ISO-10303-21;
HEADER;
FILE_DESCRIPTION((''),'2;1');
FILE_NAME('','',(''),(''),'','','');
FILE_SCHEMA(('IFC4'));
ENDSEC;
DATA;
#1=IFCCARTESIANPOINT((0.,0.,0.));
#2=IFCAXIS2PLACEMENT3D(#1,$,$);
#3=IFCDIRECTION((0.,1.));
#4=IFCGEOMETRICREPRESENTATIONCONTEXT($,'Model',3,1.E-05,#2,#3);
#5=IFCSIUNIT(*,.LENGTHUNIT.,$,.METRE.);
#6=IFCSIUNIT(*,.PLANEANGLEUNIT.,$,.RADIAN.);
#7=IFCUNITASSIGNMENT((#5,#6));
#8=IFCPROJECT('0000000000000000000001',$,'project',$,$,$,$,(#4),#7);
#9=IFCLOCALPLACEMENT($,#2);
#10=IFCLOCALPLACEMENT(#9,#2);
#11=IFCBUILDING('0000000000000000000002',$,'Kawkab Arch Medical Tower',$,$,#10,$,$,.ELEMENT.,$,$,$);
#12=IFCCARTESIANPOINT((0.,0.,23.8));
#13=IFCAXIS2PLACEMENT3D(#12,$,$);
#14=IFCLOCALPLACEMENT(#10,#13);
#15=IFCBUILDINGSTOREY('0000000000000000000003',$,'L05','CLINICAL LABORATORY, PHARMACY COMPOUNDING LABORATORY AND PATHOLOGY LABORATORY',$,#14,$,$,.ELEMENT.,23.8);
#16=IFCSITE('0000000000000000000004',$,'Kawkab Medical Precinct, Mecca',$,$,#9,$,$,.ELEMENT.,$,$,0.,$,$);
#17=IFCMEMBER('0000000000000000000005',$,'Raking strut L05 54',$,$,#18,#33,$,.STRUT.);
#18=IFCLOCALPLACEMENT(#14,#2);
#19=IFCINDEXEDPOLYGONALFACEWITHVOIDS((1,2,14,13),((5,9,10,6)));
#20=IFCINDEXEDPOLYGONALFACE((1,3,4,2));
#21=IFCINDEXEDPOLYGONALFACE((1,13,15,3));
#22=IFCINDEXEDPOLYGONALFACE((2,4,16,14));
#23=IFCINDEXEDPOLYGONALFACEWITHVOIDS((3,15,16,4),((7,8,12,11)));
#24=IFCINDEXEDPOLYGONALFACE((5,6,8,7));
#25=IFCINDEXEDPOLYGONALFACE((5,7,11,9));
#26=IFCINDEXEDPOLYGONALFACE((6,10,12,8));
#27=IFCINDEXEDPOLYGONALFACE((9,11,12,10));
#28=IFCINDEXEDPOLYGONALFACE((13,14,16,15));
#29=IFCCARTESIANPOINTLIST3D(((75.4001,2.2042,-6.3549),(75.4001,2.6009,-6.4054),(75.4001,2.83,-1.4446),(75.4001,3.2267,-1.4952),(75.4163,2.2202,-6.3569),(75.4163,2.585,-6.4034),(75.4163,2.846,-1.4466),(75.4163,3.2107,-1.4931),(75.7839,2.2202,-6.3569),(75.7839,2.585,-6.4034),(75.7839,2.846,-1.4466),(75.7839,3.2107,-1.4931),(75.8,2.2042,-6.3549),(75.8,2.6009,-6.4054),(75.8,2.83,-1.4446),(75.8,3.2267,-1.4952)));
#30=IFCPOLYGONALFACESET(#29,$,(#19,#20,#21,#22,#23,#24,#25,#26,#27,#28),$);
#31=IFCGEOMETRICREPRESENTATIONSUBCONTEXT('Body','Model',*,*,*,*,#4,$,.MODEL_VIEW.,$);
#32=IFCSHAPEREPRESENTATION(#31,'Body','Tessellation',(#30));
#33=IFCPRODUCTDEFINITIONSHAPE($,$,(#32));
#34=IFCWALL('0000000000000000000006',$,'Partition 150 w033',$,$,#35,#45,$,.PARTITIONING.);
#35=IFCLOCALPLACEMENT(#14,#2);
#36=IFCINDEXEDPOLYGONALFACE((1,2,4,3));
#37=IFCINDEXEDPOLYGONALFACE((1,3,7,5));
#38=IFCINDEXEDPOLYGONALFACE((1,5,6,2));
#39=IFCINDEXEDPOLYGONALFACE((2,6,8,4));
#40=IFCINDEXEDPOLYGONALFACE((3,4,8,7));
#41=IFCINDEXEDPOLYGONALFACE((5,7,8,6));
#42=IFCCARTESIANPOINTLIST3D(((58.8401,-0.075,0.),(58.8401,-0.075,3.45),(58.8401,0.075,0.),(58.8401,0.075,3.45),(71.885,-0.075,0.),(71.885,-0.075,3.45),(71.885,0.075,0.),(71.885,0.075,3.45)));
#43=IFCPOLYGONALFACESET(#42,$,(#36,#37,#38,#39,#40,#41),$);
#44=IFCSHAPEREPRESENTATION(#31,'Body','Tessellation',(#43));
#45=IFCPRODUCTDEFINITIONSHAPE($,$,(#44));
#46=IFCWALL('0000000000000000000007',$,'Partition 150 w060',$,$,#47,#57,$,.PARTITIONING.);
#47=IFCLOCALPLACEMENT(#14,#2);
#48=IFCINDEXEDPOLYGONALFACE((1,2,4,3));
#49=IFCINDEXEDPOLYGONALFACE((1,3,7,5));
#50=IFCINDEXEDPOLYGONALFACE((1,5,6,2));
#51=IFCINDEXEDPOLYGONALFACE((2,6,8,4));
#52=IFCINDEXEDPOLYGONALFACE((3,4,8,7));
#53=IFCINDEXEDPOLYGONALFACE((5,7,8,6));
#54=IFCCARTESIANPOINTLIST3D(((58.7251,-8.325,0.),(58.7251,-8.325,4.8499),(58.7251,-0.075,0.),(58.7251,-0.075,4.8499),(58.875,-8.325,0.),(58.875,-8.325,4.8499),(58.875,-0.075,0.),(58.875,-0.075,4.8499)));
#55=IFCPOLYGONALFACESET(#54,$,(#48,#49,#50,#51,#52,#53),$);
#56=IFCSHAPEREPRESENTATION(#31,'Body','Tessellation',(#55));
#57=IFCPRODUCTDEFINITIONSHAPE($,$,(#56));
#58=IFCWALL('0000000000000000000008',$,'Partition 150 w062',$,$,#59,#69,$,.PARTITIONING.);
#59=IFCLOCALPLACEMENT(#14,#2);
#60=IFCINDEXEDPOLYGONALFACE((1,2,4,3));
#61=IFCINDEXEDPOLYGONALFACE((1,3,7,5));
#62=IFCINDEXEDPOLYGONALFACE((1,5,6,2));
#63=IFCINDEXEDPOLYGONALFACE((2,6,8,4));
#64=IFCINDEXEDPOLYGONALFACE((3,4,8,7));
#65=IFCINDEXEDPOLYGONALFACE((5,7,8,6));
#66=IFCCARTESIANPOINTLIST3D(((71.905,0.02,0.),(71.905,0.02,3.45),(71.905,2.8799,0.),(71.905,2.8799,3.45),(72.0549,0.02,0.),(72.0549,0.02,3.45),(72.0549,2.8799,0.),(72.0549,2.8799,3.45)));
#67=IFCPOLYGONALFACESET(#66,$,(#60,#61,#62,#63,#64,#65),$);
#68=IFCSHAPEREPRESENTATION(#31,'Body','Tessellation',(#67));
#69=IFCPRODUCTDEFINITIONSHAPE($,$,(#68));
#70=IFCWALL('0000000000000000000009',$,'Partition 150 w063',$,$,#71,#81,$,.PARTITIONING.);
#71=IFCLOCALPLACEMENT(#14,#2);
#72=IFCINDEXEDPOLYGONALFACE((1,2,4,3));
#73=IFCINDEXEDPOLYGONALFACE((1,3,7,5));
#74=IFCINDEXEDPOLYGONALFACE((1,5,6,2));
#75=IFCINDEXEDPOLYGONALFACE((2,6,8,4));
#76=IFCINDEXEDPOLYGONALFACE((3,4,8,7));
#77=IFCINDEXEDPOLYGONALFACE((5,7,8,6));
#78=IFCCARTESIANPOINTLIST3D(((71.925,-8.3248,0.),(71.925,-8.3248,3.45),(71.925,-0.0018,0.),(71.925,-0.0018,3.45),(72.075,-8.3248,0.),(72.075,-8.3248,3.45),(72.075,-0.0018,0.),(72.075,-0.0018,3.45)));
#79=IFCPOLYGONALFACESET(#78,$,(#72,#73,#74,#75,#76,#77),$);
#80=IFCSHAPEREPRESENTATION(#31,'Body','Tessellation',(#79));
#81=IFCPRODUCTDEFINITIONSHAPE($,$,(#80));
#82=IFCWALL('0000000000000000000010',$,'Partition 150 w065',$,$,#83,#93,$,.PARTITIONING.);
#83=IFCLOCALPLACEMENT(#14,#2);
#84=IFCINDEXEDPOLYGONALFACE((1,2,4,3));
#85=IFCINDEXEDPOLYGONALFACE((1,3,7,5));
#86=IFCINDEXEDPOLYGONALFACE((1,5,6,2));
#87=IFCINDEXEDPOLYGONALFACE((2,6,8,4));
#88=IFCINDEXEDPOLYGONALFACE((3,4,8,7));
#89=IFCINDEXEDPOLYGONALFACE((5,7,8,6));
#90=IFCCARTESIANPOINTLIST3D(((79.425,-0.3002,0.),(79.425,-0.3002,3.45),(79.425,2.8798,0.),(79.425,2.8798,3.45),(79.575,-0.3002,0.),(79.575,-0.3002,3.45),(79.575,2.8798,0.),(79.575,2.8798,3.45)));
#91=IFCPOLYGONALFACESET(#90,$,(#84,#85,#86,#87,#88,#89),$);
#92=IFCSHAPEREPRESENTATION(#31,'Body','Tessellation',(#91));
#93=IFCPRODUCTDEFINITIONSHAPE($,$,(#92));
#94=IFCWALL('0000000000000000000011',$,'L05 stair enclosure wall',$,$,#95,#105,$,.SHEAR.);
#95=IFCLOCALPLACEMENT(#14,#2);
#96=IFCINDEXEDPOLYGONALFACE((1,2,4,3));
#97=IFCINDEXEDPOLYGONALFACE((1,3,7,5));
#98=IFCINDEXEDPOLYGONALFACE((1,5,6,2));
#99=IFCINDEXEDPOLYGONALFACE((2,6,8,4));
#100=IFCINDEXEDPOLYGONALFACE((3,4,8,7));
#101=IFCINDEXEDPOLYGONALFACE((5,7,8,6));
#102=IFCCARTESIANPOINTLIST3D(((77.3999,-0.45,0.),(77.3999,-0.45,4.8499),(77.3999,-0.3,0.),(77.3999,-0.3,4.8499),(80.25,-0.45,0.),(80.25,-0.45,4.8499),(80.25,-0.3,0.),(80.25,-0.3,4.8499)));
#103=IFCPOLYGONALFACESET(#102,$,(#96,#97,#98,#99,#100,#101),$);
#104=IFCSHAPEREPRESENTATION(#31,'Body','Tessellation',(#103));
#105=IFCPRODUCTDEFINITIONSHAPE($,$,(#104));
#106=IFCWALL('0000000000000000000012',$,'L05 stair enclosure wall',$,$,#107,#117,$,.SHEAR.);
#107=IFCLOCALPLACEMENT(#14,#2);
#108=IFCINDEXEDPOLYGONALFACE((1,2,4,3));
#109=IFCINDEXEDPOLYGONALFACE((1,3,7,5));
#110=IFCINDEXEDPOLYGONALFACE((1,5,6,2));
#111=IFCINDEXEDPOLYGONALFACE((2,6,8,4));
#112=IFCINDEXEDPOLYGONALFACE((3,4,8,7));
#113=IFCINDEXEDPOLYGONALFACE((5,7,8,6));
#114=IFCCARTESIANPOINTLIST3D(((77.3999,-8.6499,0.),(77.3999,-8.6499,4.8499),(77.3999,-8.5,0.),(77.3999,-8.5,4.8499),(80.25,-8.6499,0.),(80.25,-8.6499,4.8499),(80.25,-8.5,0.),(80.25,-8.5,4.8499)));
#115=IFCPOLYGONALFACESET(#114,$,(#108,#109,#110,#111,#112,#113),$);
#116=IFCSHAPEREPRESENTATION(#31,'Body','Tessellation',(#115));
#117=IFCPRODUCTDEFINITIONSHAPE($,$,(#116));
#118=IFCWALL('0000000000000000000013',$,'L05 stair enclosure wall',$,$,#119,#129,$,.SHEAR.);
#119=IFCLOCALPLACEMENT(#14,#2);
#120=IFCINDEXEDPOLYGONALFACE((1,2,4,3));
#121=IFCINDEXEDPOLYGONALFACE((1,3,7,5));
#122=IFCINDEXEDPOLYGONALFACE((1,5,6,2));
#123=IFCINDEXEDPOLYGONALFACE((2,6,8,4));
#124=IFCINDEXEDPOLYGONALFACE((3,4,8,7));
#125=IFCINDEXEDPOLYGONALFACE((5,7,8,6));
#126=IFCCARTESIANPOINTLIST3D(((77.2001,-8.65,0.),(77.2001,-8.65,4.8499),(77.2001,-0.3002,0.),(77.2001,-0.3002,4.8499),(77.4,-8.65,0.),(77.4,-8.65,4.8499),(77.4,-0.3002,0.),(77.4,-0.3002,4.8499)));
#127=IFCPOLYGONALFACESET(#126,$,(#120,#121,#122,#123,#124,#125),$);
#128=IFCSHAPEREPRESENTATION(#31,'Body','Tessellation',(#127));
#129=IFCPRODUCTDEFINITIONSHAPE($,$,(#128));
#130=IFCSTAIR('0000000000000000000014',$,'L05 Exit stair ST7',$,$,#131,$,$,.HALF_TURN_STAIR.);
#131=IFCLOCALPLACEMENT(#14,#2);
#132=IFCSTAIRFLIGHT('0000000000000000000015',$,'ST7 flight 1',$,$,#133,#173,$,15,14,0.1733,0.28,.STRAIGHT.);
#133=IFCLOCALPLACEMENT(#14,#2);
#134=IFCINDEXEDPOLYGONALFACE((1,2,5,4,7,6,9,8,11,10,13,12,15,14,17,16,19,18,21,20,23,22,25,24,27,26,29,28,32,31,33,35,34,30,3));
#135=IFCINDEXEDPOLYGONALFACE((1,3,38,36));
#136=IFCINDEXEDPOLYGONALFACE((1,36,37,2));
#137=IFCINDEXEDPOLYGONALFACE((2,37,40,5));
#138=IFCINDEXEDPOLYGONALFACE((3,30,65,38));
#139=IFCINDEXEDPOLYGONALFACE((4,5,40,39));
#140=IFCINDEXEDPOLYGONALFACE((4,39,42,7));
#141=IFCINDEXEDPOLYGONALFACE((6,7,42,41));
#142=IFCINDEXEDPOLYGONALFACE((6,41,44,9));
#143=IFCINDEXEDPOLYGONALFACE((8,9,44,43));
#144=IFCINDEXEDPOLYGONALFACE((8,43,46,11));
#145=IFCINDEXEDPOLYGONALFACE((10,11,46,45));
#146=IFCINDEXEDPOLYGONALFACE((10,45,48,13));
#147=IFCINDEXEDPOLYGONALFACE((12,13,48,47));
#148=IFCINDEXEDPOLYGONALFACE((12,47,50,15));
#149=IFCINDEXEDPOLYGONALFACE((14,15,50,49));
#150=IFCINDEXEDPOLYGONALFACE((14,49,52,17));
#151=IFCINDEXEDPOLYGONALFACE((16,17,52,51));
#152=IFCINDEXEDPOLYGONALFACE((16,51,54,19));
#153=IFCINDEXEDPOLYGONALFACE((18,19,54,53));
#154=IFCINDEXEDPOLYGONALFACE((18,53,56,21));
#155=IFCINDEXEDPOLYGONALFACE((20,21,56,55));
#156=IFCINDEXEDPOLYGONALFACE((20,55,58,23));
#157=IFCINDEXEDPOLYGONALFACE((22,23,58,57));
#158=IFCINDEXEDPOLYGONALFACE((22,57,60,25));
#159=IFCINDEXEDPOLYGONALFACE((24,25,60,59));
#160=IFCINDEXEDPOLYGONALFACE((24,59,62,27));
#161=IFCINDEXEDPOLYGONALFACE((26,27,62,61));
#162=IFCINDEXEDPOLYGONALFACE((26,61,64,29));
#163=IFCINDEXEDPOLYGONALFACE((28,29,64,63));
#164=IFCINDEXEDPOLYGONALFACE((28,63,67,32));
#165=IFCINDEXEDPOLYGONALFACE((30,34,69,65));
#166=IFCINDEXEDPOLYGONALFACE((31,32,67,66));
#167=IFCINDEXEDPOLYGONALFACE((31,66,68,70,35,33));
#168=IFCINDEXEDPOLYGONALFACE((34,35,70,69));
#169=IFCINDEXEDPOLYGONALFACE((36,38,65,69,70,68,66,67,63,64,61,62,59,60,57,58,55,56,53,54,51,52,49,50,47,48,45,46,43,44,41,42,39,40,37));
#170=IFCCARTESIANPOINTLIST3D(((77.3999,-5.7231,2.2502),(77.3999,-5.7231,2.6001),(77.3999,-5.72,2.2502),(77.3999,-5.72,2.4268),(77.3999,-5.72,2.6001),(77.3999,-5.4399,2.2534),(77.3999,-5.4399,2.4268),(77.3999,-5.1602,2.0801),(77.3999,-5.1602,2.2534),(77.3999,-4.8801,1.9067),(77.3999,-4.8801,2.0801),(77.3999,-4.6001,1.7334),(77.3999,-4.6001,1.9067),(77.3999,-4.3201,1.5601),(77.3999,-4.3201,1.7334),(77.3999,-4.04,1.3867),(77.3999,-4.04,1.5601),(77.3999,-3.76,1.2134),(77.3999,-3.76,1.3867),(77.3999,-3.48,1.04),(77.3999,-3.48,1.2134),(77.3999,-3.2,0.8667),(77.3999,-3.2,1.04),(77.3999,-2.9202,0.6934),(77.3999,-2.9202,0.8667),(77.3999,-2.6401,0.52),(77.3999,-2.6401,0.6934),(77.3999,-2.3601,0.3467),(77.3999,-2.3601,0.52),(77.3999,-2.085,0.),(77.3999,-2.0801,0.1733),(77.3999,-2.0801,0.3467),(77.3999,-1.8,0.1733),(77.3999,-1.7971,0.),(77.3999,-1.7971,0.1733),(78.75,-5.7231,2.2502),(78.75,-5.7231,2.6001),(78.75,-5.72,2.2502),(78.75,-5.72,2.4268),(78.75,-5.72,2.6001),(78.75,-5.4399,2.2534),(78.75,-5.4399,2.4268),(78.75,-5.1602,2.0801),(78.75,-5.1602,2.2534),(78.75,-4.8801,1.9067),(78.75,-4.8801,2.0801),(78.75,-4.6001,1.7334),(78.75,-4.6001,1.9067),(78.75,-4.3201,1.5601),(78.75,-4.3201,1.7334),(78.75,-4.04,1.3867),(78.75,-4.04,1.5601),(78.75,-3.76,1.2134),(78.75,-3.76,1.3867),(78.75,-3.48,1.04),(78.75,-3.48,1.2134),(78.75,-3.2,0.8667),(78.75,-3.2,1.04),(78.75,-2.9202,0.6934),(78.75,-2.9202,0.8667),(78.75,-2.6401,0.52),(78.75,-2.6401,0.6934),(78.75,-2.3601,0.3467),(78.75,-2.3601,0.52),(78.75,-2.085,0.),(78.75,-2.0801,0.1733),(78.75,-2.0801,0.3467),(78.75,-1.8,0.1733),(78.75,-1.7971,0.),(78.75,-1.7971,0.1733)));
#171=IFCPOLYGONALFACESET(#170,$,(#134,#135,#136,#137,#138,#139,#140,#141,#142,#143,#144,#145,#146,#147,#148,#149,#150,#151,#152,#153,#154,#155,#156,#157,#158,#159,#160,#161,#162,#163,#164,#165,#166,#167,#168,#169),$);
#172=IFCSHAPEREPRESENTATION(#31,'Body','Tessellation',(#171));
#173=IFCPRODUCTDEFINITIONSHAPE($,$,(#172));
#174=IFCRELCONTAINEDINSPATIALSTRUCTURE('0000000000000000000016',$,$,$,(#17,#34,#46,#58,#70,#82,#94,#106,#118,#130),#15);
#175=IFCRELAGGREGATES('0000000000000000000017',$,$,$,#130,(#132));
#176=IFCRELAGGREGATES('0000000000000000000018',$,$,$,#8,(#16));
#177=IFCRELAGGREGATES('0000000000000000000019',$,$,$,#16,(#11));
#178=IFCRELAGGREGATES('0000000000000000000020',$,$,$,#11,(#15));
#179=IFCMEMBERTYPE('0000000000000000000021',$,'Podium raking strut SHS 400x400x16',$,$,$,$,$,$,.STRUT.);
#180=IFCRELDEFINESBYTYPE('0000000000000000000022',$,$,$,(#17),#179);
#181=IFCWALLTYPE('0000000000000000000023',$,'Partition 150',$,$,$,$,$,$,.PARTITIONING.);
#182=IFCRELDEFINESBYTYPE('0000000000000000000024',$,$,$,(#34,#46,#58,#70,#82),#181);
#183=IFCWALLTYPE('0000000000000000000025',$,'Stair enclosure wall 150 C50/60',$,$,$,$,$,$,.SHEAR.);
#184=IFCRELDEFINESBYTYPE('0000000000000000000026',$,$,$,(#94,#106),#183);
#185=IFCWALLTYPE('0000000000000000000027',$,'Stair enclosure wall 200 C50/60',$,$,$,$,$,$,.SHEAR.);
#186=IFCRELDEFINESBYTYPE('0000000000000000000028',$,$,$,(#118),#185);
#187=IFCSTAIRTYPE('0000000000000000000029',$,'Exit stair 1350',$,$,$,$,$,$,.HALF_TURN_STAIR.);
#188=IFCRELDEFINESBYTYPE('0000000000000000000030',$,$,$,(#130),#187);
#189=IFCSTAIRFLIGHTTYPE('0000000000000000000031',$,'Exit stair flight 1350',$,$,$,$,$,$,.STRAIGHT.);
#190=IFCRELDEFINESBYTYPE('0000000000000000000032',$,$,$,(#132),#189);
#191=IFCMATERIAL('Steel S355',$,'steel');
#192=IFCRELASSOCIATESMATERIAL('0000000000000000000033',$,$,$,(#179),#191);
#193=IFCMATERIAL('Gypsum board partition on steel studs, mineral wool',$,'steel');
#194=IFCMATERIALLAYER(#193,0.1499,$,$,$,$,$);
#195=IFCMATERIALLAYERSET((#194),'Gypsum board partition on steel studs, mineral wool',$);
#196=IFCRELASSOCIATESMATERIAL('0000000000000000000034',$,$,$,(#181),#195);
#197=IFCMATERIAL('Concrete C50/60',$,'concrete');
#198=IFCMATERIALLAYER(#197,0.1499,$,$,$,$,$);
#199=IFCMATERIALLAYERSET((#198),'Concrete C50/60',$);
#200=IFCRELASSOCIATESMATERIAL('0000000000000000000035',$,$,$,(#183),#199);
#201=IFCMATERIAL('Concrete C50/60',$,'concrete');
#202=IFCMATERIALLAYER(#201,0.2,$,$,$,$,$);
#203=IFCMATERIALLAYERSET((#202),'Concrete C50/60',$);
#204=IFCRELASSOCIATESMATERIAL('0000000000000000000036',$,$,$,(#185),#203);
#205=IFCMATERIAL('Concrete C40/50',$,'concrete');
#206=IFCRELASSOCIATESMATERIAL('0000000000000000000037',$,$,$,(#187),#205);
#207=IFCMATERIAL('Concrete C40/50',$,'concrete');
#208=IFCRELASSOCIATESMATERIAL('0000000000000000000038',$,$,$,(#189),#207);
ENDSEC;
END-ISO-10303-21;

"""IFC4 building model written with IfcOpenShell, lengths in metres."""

from ifc_helpers import new_model, si_unit, direction, frame, frame_2d, origin, origin_2d, place, context, subcontext, project, spatial, polyline, rectangle, hollow_rectangle, outline, extrude, material, layer, layer_set, material_profile, profile_set, type_object, element, aggregate, save


model = new_model("IFC4")

# Units and contexts
model_context = context("Model", 3, precision=1e-05, world=origin(), true_north=direction((0.0, 1.0)))
body_context = subcontext(model_context, "Body", "Model", "MODEL_VIEW")
ifc_project = project(units=[si_unit("LENGTHUNIT", "METRE"), si_unit("PLANEANGLEUNIT", "RADIAN")], contexts=[model_context])

# Site, building, storey
site_placement = place(None, origin())
site = spatial("IfcSite", under=ifc_project, at=site_placement, Name="Kawkab Medical Precinct, Mecca", CompositionType="ELEMENT", RefElevation=0.0)
building_placement = place(site_placement, origin())
building = spatial("IfcBuilding", under=site, at=building_placement, Name="Kawkab Arch Medical Tower", CompositionType="ELEMENT")
storey_placement = place(building_placement, frame((0.0, 0.0, 23.8)))
storey = spatial("IfcBuildingStorey", under=building, at=storey_placement, Name="L05", Description="CLINICAL LABORATORY, PHARMACY COMPOUNDING LABORATORY AND PATHOLOGY LABORATORY", CompositionType="ELEMENT", Elevation=23.8)

# Member
ifc_material_1 = material(Name="Steel S355", Category="steel")
ifc_material_profile_1 = material_profile(ifc_material_1, hollow_rectangle(XDim=0.3999, YDim=0.3999, WallThickness=0.0161, at=origin_2d()), Name="SHS 400x400x16")
ifc_profile_set_1 = profile_set([ifc_material_profile_1], Name="Steel S355")
member_type = type_object("IfcMemberType", Name="Podium raking strut SHS 400x400x16", PredefinedType="STRUT", material=ifc_profile_set_1)
for number, where, z_axis, x_axis, name in (
    (1, (75.6001, 2.4026, -6.3801), (0.0, 0.126414, 0.991978), (-1.0, 0.0, 0.0), "Raking strut L05 54"),
):
    element("IfcMember", number, at=place(storey_placement, frame(where, z_axis=z_axis, x_axis=x_axis)), inside=storey, type_object=member_type, Name=name, PredefinedType="STRUT", context=body_context, shape_type="SweptSolid", body=[
        extrude(hollow_rectangle(XDim=0.3999, YDim=0.3999, WallThickness=0.0161, at=origin_2d()), origin(), (0.0, 0.0, 1.0), 4.95),
    ])

# Walls
ifc_material_2 = material(Name="Gypsum board partition on steel studs, mineral wool", Category="steel")
ifc_layer_1 = layer(ifc_material_2, 0.1499)
ifc_layer_set_1 = layer_set([ifc_layer_1], Name="Gypsum board partition on steel studs, mineral wool")
wall_type_1 = type_object("IfcWallType", Name="Partition 150", PredefinedType="PARTITIONING", material=ifc_layer_set_1)
wall_1_placement = place(storey_placement, frame((58.8401, 0.0, 0.0), z_axis=(0.0, 0.0, 1.0), x_axis=(1.0, 0.0, 0.0)))
element("IfcWall", 2, at=wall_1_placement, inside=storey, type_object=wall_type_1, Name="Partition 150 w033", PredefinedType="PARTITIONING", context=body_context, shape_type="SweptSolid", body=[
    extrude(rectangle(XDim=13.0449, YDim=0.1499, at=frame_2d((6.5225, 0.0))), origin(), (0.0, 0.0, 1.0), 3.45),
])
wall_2_placement = place(storey_placement, frame((58.8, -8.325, 0.0), z_axis=(0.0, 0.0, 1.0), x_axis=(0.0, 1.0, 0.0)))
element("IfcWall", 3, at=wall_2_placement, inside=storey, type_object=wall_type_1, Name="Partition 150 w060", PredefinedType="PARTITIONING", context=body_context, shape_type="SweptSolid", body=[
    extrude(rectangle(XDim=8.25, YDim=0.1499, at=frame_2d((4.125, 0.0))), origin(), (0.0, 0.0, 1.0), 4.8499),
])
wall_3_placement = place(storey_placement, frame((71.98, 0.02, 0.0), z_axis=(0.0, 0.0, 1.0), x_axis=(0.0, 1.0, 0.0)))
element("IfcWall", 4, at=wall_3_placement, inside=storey, type_object=wall_type_1, Name="Partition 150 w062", PredefinedType="PARTITIONING", context=body_context, shape_type="SweptSolid", body=[
    extrude(rectangle(XDim=2.8599, YDim=0.1499, at=frame_2d((1.4299, 0.0))), origin(), (0.0, 0.0, 1.0), 3.45),
])
wall_4_placement = place(storey_placement, frame((72.0, -8.325, 0.0), z_axis=(0.0, 0.0, 1.0), x_axis=(0.0, 1.0, 0.0)))
element("IfcWall", 5, at=wall_4_placement, inside=storey, type_object=wall_type_1, Name="Partition 150 w063", PredefinedType="PARTITIONING", context=body_context, shape_type="SweptSolid", body=[
    extrude(rectangle(XDim=8.323, YDim=0.1499, at=frame_2d((4.1616, 0.0))), origin(), (0.0, 0.0, 1.0), 3.45),
])
wall_5_placement = place(storey_placement, frame((79.5, -0.3, 0.0), z_axis=(0.0, 0.0, 1.0), x_axis=(0.0, 1.0, 0.0)))
element("IfcWall", 6, at=wall_5_placement, inside=storey, type_object=wall_type_1, Name="Partition 150 w065", PredefinedType="PARTITIONING", context=body_context, shape_type="SweptSolid", body=[
    extrude(rectangle(XDim=3.1799, YDim=0.1499, at=frame_2d((1.5898, 0.0))), origin(), (0.0, 0.0, 1.0), 3.45),
])
ifc_material_3 = material(Name="Concrete C50/60", Category="concrete")
ifc_layer_2 = layer(ifc_material_3, 0.1499)
ifc_layer_set_2 = layer_set([ifc_layer_2], Name="Concrete C50/60")
wall_type_2 = type_object("IfcWallType", Name="Stair enclosure wall 150 C50/60", PredefinedType="SHEAR", material=ifc_layer_set_2)
for number, where, z_axis, x_axis, name in (
    (7, (77.3999, -0.375, 0.0), (0.0, 0.0, 1.0), (1.0, 0.0, 0.0), "L05 stair enclosure wall"),
    (8, (77.3999, -8.575, 0.0), (0.0, 0.0, 1.0), (1.0, 0.0, 0.0), "L05 stair enclosure wall"),
):
    element("IfcWall", number, at=place(storey_placement, frame(where, z_axis=z_axis, x_axis=x_axis)), inside=storey, type_object=wall_type_2, Name=name, PredefinedType="SHEAR", context=body_context, shape_type="SweptSolid", body=[
        extrude(rectangle(XDim=2.8501, YDim=0.1499, at=frame_2d((1.425, 0.0))), origin(), (0.0, 0.0, 1.0), 4.8499),
    ])
ifc_material_4 = material(Name="Concrete C50/60", Category="concrete")
ifc_layer_3 = layer(ifc_material_4, 0.2)
ifc_layer_set_3 = layer_set([ifc_layer_3], Name="Concrete C50/60")
wall_type_3 = type_object("IfcWallType", Name="Stair enclosure wall 200 C50/60", PredefinedType="SHEAR", material=ifc_layer_set_3)
wall_6_placement = place(storey_placement, frame((77.3, -8.6499, 0.0), z_axis=(0.0, 0.0, 1.0), x_axis=(0.0, 1.0, 0.0)))
element("IfcWall", 9, at=wall_6_placement, inside=storey, type_object=wall_type_3, Name="L05 stair enclosure wall", PredefinedType="SHEAR", context=body_context, shape_type="SweptSolid", body=[
    extrude(rectangle(XDim=8.3499, YDim=0.2, at=frame_2d((4.1748, 0.0))), origin(), (0.0, 0.0, 1.0), 4.8499),
])

# Stair, stair flight
ifc_material_5 = material(Name="Concrete C40/50", Category="concrete")
stair_type = type_object("IfcStairType", Name="Exit stair 1350", PredefinedType="HALF_TURN_STAIR", material=ifc_material_5)
stair_placement = place(storey_placement, origin())
stair = element("IfcStair", 10, at=stair_placement, inside=storey, type_object=stair_type, Name="L05 Exit stair ST7", PredefinedType="HALF_TURN_STAIR")
ifc_material_6 = material(Name="Concrete C40/50", Category="concrete")
stair_flight_type = type_object("IfcStairFlightType", Name="Exit stair flight 1350", PredefinedType="STRAIGHT", material=ifc_material_6)
stair_flight_1_placement = place(storey_placement, frame((78.075, -1.8, 0.0), z_axis=(0.0, 0.0, 1.0), x_axis=(0.0, -1.0, 0.0)))
stair_flight_1 = element("IfcStairFlight", 11, at=stair_flight_1_placement, type_object=stair_flight_type, Name="ST7 flight 1", NumberOfRisers=15, NumberOfTreads=14, PredefinedType="STRAIGHT", RiserHeight=0.1733, TreadLength=0.28, context=body_context, shape_type="SweptSolid", body=[
    extrude(outline(polyline([(-0.0029, 0.0), (-0.0029, 0.1733), (0.0, 0.1733), (0.28, 0.1733), (0.28, 0.3467), (0.5601, 0.3467), (0.5601, 0.52), (0.8401, 0.52), (0.8401, 0.6934), (1.1201, 0.6934), (1.1201, 0.8667), (1.3999, 0.8667), (1.3999, 1.04), (1.6799, 1.04), (1.6799, 1.2134), (1.96, 1.2134), (1.96, 1.3867), (2.24, 1.3867), (2.24, 1.5601), (2.52, 1.5601), (2.52, 1.7334), (2.8, 1.7334), (2.8, 1.9067), (3.0801, 1.9067), (3.0801, 2.0801), (3.3601, 2.0801), (3.3601, 2.2534), (3.6399, 2.2534), (3.6399, 2.4268), (3.9199, 2.4268), (3.9199, 2.6001), (3.9231, 2.6001), (3.9231, 2.2502), (3.9199, 2.2502), (0.2849, 0.0), (-0.0029, 0.0)])), frame((0.0, 0.675, 0.0), z_axis=(0.0, -1.0, 0.0), x_axis=(1.0, 0.0, 0.0)), (0.0, 0.0, 1.0), 1.3501),
])
aggregate(stair, [stair_flight_1])

save(model, "model.ifc")
